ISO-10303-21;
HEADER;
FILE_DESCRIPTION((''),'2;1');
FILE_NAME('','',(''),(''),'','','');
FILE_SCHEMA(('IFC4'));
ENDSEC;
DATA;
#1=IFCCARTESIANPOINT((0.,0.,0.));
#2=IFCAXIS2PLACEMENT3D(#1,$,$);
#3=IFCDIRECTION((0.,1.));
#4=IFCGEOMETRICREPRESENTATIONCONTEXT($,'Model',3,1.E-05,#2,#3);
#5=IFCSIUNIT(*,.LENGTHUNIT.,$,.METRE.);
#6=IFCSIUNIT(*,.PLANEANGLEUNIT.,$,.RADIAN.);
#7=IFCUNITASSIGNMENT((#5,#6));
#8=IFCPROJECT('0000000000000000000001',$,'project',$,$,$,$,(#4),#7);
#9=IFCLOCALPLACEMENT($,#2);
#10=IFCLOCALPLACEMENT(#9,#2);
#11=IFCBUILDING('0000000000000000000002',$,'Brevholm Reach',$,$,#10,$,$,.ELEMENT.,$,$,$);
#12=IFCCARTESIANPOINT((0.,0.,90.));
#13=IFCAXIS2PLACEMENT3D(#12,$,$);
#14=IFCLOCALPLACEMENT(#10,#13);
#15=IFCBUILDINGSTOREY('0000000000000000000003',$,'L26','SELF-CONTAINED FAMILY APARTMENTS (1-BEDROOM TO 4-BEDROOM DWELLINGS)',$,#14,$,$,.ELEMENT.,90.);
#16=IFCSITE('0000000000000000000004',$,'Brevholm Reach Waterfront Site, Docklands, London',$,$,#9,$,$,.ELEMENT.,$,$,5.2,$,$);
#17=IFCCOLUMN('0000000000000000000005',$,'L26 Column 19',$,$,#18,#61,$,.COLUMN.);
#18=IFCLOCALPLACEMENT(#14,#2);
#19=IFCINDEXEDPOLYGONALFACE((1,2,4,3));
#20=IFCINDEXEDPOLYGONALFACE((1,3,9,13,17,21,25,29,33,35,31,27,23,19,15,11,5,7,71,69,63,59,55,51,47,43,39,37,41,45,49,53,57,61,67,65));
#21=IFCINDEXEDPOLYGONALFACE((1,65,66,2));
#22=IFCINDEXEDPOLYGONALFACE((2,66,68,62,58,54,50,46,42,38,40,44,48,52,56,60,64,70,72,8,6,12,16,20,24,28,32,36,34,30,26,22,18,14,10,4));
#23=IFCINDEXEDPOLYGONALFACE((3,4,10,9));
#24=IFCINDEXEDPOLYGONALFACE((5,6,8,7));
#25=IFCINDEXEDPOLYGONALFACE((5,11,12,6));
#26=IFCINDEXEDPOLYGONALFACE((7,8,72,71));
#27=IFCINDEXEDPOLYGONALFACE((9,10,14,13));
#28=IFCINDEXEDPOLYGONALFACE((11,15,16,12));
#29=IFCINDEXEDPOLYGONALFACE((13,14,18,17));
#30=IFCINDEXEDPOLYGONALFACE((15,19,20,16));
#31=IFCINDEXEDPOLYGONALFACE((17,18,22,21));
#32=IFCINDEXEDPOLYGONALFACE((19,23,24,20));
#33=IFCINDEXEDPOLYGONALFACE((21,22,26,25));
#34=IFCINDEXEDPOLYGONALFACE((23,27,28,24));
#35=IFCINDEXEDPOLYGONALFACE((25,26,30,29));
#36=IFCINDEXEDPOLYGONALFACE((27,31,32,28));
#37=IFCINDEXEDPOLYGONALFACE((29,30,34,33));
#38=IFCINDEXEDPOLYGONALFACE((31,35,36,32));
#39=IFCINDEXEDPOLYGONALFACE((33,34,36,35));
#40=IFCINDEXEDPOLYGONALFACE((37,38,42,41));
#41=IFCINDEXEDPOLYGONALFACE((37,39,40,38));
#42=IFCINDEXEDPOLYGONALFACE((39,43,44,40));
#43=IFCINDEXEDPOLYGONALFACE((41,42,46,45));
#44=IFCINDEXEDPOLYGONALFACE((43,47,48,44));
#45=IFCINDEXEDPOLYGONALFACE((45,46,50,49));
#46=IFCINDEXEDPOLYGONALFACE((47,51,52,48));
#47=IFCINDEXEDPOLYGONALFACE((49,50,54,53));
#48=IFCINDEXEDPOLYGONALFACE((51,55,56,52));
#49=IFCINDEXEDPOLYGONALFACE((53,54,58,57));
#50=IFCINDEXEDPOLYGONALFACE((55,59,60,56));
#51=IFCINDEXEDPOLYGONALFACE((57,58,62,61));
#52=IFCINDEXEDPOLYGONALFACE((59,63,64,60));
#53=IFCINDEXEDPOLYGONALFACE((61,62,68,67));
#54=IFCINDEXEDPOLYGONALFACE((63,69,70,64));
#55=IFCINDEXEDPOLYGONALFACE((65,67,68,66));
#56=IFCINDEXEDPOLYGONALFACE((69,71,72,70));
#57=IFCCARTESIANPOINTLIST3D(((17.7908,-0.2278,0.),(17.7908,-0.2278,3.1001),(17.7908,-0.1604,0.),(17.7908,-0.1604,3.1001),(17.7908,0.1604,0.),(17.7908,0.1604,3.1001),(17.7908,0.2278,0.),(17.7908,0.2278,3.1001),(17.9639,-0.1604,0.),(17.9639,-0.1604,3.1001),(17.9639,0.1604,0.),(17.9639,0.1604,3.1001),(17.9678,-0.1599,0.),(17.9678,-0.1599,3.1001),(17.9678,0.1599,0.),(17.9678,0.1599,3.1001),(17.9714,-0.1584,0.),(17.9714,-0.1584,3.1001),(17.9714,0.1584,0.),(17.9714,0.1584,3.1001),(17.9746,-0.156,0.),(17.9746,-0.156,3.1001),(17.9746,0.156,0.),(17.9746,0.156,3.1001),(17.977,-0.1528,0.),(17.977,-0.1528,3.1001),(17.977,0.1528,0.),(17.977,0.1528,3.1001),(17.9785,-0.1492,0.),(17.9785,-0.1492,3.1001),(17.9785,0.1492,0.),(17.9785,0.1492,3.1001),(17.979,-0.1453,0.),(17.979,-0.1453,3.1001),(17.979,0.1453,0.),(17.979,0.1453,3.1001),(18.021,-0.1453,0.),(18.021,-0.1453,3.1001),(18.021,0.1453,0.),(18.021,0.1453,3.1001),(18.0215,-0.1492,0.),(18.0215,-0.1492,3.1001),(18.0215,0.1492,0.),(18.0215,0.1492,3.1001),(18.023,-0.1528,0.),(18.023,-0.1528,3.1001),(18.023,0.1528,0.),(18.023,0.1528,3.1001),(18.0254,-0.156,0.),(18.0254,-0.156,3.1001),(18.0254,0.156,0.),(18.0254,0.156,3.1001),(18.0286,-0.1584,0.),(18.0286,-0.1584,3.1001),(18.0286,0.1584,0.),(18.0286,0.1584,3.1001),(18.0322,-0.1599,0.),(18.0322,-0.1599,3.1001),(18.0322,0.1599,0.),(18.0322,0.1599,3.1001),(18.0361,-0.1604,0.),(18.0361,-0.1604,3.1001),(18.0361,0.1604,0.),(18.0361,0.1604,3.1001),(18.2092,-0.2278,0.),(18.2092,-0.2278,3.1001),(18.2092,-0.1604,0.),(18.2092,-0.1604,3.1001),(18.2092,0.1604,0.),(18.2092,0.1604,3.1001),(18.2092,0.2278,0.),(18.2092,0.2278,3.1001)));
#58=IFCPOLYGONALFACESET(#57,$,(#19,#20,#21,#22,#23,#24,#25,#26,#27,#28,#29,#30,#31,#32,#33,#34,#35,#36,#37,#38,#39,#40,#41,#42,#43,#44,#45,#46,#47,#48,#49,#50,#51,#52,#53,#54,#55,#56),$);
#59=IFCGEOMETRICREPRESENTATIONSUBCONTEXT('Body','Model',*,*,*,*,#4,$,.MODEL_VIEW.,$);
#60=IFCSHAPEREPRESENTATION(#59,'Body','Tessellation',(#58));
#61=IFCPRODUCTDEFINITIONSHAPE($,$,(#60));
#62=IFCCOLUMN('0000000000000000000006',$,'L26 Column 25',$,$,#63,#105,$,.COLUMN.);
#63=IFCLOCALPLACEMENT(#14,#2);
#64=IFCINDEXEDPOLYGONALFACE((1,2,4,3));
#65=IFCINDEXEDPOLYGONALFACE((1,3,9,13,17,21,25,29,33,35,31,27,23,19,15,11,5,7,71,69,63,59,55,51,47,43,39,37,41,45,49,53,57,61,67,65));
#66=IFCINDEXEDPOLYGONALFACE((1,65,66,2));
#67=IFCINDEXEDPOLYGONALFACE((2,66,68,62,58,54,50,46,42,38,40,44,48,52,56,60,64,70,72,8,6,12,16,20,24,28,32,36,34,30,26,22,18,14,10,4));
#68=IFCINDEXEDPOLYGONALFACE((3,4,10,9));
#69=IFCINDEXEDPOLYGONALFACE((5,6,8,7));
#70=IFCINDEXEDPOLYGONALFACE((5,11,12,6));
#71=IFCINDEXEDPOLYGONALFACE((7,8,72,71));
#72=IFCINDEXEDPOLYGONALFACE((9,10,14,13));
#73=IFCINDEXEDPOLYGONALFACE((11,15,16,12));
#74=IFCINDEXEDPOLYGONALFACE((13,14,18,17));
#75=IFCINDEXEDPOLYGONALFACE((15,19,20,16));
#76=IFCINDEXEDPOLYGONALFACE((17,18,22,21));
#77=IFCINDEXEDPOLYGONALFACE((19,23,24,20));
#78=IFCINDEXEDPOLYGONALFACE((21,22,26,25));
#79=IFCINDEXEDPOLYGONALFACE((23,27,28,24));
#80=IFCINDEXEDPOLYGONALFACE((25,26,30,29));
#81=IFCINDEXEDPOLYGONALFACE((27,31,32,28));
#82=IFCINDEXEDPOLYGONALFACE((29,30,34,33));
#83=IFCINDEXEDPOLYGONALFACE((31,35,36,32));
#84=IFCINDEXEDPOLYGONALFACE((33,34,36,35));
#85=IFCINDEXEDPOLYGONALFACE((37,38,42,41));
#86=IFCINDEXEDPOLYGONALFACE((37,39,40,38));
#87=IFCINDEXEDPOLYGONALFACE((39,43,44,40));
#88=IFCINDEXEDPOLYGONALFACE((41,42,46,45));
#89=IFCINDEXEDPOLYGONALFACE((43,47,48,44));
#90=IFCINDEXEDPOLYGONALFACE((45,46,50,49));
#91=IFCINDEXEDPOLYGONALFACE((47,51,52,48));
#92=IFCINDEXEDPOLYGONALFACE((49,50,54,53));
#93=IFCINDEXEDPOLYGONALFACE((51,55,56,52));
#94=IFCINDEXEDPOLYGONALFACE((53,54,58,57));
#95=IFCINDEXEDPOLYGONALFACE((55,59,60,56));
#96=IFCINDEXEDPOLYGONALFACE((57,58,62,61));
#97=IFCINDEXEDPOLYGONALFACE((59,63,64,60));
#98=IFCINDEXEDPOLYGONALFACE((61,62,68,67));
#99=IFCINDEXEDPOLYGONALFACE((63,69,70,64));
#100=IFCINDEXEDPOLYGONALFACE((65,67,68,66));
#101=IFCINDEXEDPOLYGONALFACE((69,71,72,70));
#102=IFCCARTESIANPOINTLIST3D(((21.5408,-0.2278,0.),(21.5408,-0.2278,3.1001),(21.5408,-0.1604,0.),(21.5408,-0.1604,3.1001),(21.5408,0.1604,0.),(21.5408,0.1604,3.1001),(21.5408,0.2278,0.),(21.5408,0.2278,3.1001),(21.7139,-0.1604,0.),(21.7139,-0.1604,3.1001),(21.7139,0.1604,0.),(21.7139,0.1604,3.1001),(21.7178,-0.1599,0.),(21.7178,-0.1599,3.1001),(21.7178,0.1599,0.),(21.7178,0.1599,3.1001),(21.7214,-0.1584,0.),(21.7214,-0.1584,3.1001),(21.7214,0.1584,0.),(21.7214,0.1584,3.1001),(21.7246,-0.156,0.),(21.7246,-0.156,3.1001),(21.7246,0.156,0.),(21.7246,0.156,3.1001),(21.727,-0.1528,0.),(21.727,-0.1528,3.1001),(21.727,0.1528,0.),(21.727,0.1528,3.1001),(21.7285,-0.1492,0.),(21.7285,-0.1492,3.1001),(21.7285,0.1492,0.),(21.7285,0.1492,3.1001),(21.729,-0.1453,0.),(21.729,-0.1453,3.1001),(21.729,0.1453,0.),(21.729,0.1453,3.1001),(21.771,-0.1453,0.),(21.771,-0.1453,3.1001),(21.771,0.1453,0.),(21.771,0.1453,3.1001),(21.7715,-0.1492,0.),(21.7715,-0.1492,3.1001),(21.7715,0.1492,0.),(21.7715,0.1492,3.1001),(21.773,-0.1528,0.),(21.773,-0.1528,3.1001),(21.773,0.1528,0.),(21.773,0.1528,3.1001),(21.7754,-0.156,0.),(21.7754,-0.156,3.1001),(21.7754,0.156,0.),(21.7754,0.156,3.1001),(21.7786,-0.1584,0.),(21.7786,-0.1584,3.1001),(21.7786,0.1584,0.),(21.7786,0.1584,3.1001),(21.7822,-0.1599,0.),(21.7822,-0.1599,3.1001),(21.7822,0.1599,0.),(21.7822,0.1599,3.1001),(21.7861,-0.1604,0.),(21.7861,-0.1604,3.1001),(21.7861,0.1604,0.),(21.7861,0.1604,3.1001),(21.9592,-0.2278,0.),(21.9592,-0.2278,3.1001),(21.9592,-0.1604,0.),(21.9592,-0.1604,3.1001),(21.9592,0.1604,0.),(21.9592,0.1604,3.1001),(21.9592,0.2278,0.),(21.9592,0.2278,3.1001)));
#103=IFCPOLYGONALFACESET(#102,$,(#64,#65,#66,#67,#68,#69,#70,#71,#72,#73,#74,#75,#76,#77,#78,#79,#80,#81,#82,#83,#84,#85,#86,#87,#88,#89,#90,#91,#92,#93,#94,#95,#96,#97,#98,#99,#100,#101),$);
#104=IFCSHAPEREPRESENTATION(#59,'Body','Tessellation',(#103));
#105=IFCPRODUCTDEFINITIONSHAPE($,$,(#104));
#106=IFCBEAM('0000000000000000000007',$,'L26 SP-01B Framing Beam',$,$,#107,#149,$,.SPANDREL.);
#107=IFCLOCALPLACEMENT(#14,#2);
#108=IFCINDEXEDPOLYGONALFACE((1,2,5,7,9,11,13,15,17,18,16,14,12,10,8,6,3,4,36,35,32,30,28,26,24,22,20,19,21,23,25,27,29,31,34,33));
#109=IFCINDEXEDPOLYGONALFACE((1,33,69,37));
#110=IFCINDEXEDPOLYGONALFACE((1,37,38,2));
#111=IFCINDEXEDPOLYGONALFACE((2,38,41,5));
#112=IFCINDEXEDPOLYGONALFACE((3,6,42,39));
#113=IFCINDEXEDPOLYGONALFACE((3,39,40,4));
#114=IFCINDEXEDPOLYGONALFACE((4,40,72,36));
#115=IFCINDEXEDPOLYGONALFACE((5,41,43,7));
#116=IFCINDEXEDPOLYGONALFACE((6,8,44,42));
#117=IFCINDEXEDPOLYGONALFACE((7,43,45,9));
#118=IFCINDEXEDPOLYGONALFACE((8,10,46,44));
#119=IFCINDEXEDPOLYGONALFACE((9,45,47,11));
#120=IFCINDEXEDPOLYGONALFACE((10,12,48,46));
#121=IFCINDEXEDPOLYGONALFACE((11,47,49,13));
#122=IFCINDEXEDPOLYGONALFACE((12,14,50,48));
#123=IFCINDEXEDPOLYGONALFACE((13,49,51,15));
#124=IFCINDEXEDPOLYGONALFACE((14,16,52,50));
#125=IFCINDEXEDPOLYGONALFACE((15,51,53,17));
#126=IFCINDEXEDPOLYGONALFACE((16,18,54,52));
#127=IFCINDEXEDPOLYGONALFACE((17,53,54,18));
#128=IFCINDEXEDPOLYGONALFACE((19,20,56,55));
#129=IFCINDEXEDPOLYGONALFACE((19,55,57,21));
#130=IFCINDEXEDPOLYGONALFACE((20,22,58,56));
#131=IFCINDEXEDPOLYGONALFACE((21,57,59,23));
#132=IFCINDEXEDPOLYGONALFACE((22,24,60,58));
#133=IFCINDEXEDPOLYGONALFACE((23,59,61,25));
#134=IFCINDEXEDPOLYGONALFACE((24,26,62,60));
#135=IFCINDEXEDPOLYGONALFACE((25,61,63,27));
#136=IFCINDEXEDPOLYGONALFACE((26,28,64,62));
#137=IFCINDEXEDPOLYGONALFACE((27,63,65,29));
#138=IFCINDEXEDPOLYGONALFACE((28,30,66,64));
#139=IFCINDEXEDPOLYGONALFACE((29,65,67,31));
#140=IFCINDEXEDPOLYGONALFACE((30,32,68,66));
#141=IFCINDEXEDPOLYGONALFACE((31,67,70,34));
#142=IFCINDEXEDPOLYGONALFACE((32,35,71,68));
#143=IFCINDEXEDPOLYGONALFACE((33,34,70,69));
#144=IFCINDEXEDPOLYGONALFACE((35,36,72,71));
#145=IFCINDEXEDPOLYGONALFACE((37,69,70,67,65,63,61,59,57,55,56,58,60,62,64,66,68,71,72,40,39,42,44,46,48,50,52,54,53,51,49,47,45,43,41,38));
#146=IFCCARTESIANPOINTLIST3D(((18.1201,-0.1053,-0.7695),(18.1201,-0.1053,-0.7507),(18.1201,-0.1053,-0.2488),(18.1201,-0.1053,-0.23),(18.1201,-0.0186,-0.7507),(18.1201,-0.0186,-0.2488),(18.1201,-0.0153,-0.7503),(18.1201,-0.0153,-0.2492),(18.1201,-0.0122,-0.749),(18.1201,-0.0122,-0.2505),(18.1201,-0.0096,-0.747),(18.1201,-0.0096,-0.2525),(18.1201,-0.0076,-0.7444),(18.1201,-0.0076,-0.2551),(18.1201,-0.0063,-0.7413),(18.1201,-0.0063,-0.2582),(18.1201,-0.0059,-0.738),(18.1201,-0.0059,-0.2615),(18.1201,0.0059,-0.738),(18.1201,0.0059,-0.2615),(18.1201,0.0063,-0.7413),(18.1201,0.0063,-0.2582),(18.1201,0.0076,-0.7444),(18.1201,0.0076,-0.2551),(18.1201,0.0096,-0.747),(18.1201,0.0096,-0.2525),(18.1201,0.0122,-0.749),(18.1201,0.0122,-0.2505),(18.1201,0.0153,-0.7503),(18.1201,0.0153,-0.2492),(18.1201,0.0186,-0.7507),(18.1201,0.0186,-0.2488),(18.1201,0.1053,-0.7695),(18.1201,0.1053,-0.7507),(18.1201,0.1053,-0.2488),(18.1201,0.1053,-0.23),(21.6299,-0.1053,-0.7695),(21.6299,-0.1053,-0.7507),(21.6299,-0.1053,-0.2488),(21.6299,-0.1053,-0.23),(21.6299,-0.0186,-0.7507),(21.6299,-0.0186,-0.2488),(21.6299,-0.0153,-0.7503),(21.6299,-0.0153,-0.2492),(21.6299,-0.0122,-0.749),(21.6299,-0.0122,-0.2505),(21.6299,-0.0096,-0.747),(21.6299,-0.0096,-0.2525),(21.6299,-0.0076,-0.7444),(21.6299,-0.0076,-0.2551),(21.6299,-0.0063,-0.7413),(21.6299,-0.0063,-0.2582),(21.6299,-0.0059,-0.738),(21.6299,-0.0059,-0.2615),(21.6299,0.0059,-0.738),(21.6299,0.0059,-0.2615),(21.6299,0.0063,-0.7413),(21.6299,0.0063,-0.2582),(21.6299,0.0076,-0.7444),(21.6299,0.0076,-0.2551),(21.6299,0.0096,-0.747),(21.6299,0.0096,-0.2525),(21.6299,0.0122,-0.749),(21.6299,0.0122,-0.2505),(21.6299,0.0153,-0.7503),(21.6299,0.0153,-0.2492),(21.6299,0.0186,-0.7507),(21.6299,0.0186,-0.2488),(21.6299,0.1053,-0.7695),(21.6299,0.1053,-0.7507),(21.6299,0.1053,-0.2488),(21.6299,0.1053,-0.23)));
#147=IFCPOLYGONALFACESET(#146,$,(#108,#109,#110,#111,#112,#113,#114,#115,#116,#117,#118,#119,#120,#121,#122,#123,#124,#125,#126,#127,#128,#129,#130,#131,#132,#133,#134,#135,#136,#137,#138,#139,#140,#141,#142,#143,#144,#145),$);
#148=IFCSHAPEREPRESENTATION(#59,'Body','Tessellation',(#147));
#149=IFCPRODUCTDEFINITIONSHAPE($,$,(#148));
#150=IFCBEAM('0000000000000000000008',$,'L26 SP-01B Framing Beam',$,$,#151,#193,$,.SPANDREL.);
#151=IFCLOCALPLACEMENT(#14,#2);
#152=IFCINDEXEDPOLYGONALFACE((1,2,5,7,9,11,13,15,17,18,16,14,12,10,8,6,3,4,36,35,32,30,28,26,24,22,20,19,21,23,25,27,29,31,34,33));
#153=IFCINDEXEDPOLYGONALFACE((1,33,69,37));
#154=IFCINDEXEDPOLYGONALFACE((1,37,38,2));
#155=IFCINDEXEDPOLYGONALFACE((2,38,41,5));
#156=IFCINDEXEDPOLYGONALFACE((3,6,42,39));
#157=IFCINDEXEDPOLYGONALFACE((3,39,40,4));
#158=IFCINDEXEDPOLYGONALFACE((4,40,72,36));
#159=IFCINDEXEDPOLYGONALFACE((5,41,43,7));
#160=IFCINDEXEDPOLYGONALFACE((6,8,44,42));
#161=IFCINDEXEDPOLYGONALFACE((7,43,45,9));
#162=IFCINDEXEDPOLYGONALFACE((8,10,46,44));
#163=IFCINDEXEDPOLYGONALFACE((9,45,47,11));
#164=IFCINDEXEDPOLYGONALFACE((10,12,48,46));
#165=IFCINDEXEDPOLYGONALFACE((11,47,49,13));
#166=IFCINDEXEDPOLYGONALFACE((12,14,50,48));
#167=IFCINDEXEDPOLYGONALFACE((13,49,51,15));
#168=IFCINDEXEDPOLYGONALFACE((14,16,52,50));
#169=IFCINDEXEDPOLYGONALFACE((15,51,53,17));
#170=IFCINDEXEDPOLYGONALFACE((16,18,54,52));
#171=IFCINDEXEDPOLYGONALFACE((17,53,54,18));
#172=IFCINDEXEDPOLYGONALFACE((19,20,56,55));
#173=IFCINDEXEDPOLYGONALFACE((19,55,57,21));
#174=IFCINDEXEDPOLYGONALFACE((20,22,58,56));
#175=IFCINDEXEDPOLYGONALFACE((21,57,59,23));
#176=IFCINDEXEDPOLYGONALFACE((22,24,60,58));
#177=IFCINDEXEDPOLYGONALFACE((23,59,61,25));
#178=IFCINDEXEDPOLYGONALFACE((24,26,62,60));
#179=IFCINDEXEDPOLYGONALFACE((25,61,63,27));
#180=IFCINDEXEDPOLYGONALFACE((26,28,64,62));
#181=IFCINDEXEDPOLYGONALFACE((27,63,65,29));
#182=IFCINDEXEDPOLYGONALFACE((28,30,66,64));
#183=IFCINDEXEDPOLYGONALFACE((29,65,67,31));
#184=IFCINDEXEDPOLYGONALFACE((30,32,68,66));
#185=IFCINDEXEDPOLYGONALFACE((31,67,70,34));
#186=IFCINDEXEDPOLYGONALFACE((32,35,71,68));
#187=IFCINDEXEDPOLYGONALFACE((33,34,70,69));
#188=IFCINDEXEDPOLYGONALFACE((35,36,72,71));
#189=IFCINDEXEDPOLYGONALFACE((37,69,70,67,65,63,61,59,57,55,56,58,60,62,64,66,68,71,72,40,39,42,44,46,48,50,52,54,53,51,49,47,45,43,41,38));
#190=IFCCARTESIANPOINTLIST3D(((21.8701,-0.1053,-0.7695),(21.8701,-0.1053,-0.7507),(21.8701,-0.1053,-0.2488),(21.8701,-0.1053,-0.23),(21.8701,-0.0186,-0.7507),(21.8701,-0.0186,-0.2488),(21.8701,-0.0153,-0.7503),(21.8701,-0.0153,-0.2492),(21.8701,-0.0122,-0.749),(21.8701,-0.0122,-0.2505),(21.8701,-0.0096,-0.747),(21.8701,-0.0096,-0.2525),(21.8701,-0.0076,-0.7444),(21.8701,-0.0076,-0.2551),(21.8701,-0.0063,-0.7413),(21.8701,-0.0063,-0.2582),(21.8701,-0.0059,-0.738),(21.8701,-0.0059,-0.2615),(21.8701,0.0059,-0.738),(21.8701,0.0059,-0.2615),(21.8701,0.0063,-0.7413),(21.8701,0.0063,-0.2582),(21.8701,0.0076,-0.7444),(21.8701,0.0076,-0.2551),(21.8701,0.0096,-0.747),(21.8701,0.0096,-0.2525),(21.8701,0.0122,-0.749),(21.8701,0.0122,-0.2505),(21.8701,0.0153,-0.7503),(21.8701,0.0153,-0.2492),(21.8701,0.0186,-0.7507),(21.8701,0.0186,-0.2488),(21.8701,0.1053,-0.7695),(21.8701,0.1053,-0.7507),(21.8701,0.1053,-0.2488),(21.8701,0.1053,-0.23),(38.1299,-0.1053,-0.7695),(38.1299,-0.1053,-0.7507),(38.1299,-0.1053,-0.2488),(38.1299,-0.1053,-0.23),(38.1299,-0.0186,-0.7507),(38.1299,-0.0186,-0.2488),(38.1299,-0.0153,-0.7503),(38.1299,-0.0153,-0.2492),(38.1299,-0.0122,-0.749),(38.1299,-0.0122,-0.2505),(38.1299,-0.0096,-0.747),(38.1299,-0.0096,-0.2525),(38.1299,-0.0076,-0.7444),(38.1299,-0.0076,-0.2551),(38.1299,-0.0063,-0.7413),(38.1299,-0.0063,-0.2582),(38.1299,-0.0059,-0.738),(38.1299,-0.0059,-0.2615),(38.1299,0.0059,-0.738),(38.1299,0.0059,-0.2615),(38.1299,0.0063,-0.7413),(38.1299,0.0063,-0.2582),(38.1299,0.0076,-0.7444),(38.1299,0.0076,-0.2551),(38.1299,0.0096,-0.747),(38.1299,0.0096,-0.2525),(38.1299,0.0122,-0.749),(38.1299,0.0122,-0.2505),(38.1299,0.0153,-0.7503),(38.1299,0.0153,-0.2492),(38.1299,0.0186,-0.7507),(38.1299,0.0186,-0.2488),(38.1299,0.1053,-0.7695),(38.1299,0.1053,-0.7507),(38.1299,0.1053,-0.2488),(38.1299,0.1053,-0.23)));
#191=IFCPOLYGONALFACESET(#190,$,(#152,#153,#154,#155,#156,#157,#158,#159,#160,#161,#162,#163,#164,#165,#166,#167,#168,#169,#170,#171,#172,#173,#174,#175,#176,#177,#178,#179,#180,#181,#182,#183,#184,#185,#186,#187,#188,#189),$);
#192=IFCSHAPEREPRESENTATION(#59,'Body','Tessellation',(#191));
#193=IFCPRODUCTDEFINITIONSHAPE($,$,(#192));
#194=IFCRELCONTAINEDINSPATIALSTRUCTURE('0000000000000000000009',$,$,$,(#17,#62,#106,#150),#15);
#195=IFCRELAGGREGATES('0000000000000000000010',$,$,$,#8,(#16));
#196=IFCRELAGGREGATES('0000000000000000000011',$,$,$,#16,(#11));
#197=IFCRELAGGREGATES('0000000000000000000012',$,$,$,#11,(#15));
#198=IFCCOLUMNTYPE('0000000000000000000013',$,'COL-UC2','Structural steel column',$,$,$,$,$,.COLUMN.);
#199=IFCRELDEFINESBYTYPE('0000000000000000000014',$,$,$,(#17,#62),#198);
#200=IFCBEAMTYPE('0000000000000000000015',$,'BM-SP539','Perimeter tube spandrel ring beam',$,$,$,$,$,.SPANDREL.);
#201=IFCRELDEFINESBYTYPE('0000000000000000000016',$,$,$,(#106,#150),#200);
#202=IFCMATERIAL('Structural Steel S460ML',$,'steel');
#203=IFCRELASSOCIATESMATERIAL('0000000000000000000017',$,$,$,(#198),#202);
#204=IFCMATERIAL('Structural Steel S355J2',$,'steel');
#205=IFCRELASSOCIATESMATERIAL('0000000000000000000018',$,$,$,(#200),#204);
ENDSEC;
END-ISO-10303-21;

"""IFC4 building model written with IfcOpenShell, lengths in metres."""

from ifc_helpers import new_model, si_unit, direction, frame, origin, origin_2d, place, context, subcontext, project, spatial, i_section, extrude, material, material_profile, profile_set, type_object, element, save


model = new_model("IFC4")

# Units and contexts
model_context = context("Model", 3, precision=1e-05, world=origin(), true_north=direction((0.0, 1.0)))
body_context = subcontext(model_context, "Body", "Model", "MODEL_VIEW")
ifc_project = project(units=[si_unit("LENGTHUNIT", "METRE"), si_unit("PLANEANGLEUNIT", "RADIAN")], contexts=[model_context])

# Site, building, storey
site_placement = place(None, origin())
site = spatial("IfcSite", under=ifc_project, at=site_placement, Name="Brevholm Reach Waterfront Site, Docklands, London", CompositionType="ELEMENT", RefElevation=5.2)
building_placement = place(site_placement, origin())
building = spatial("IfcBuilding", under=site, at=building_placement, Name="Brevholm Reach", CompositionType="ELEMENT")
storey_placement = place(building_placement, frame((0.0, 0.0, 90.0)))
storey = spatial("IfcBuildingStorey", under=building, at=storey_placement, Name="L26", Description="SELF-CONTAINED FAMILY APARTMENTS (1-BEDROOM TO 4-BEDROOM DWELLINGS)", CompositionType="ELEMENT", Elevation=90.0)

# Columns
ifc_material_1 = material(Name="Structural Steel S460ML", Category="steel")
ifc_material_profile_1 = material_profile(ifc_material_1, i_section(OverallWidth=0.4185, OverallDepth=0.4556, WebThickness=0.042, FlangeThickness=0.0674, FilletRadius=0.0151, at=origin_2d()), Name="UKC 356x406x551")
ifc_profile_set_1 = profile_set([ifc_material_profile_1], Name="Structural Steel S460ML")
column_type = type_object("IfcColumnType", Name="COL-UC2", Description="Structural steel column", PredefinedType="COLUMN", material=ifc_profile_set_1)
for number, where, z_axis, x_axis, name in (
    (1, (18.0, 0.0, 0.0), (0.0, 0.0, 1.0), (1.0, 0.0, 0.0), "L26 Column 19"),
    (2, (21.75, 0.0, 0.0), (0.0, 0.0, 1.0), (1.0, 0.0, 0.0), "L26 Column 25"),
):
    element("IfcColumn", number, at=place(storey_placement, frame(where, z_axis=z_axis, x_axis=x_axis)), inside=storey, type_object=column_type, Name=name, PredefinedType="COLUMN", context=body_context, shape_type="SweptSolid", body=[
        extrude(i_section(OverallWidth=0.4185, OverallDepth=0.4556, WebThickness=0.042, FlangeThickness=0.0674, FilletRadius=0.0151, at=origin_2d()), origin(), (0.0, 0.0, 1.0), 3.1001),
    ])

# Beams
ifc_material_2 = material(Name="Structural Steel S355J2", Category="steel")
ifc_material_profile_2 = material_profile(ifc_material_2, i_section(OverallWidth=0.2107, OverallDepth=0.5396, WebThickness=0.0117, FlangeThickness=0.0188, FilletRadius=0.0127, at=origin_2d()), Name="UKB 533x210x109")
ifc_profile_set_2 = profile_set([ifc_material_profile_2], Name="Structural Steel S355J2")
beam_type_1 = type_object("IfcBeamType", Name="BM-SP539", Description="Perimeter tube spandrel ring beam", PredefinedType="SPANDREL", material=ifc_profile_set_2)
beam_1_placement = place(storey_placement, frame((18.1201, 0.0, -0.4998), z_axis=(1.0, 0.0, 0.0), x_axis=(0.0, 1.0, 0.0)))
element("IfcBeam", 3, at=beam_1_placement, inside=storey, type_object=beam_type_1, Name="L26 SP-01B Framing Beam", PredefinedType="SPANDREL", context=body_context, shape_type="SweptSolid", body=[
    extrude(i_section(OverallWidth=0.2107, OverallDepth=0.5396, WebThickness=0.0117, FlangeThickness=0.0188, FilletRadius=0.0127, at=origin_2d()), origin(), (0.0, 0.0, 1.0), 3.5098),
])
beam_2_placement = place(storey_placement, frame((21.8701, 0.0, -0.4998), z_axis=(1.0, 0.0, 0.0), x_axis=(0.0, 1.0, 0.0)))
element("IfcBeam", 4, at=beam_2_placement, inside=storey, type_object=beam_type_1, Name="L26 SP-01B Framing Beam", PredefinedType="SPANDREL", context=body_context, shape_type="SweptSolid", body=[
    extrude(i_section(OverallWidth=0.2107, OverallDepth=0.5396, WebThickness=0.0117, FlangeThickness=0.0188, FilletRadius=0.0127, at=origin_2d()), origin(), (0.0, 0.0, 1.0), 16.2598),
])

save(model, "model.ifc")
